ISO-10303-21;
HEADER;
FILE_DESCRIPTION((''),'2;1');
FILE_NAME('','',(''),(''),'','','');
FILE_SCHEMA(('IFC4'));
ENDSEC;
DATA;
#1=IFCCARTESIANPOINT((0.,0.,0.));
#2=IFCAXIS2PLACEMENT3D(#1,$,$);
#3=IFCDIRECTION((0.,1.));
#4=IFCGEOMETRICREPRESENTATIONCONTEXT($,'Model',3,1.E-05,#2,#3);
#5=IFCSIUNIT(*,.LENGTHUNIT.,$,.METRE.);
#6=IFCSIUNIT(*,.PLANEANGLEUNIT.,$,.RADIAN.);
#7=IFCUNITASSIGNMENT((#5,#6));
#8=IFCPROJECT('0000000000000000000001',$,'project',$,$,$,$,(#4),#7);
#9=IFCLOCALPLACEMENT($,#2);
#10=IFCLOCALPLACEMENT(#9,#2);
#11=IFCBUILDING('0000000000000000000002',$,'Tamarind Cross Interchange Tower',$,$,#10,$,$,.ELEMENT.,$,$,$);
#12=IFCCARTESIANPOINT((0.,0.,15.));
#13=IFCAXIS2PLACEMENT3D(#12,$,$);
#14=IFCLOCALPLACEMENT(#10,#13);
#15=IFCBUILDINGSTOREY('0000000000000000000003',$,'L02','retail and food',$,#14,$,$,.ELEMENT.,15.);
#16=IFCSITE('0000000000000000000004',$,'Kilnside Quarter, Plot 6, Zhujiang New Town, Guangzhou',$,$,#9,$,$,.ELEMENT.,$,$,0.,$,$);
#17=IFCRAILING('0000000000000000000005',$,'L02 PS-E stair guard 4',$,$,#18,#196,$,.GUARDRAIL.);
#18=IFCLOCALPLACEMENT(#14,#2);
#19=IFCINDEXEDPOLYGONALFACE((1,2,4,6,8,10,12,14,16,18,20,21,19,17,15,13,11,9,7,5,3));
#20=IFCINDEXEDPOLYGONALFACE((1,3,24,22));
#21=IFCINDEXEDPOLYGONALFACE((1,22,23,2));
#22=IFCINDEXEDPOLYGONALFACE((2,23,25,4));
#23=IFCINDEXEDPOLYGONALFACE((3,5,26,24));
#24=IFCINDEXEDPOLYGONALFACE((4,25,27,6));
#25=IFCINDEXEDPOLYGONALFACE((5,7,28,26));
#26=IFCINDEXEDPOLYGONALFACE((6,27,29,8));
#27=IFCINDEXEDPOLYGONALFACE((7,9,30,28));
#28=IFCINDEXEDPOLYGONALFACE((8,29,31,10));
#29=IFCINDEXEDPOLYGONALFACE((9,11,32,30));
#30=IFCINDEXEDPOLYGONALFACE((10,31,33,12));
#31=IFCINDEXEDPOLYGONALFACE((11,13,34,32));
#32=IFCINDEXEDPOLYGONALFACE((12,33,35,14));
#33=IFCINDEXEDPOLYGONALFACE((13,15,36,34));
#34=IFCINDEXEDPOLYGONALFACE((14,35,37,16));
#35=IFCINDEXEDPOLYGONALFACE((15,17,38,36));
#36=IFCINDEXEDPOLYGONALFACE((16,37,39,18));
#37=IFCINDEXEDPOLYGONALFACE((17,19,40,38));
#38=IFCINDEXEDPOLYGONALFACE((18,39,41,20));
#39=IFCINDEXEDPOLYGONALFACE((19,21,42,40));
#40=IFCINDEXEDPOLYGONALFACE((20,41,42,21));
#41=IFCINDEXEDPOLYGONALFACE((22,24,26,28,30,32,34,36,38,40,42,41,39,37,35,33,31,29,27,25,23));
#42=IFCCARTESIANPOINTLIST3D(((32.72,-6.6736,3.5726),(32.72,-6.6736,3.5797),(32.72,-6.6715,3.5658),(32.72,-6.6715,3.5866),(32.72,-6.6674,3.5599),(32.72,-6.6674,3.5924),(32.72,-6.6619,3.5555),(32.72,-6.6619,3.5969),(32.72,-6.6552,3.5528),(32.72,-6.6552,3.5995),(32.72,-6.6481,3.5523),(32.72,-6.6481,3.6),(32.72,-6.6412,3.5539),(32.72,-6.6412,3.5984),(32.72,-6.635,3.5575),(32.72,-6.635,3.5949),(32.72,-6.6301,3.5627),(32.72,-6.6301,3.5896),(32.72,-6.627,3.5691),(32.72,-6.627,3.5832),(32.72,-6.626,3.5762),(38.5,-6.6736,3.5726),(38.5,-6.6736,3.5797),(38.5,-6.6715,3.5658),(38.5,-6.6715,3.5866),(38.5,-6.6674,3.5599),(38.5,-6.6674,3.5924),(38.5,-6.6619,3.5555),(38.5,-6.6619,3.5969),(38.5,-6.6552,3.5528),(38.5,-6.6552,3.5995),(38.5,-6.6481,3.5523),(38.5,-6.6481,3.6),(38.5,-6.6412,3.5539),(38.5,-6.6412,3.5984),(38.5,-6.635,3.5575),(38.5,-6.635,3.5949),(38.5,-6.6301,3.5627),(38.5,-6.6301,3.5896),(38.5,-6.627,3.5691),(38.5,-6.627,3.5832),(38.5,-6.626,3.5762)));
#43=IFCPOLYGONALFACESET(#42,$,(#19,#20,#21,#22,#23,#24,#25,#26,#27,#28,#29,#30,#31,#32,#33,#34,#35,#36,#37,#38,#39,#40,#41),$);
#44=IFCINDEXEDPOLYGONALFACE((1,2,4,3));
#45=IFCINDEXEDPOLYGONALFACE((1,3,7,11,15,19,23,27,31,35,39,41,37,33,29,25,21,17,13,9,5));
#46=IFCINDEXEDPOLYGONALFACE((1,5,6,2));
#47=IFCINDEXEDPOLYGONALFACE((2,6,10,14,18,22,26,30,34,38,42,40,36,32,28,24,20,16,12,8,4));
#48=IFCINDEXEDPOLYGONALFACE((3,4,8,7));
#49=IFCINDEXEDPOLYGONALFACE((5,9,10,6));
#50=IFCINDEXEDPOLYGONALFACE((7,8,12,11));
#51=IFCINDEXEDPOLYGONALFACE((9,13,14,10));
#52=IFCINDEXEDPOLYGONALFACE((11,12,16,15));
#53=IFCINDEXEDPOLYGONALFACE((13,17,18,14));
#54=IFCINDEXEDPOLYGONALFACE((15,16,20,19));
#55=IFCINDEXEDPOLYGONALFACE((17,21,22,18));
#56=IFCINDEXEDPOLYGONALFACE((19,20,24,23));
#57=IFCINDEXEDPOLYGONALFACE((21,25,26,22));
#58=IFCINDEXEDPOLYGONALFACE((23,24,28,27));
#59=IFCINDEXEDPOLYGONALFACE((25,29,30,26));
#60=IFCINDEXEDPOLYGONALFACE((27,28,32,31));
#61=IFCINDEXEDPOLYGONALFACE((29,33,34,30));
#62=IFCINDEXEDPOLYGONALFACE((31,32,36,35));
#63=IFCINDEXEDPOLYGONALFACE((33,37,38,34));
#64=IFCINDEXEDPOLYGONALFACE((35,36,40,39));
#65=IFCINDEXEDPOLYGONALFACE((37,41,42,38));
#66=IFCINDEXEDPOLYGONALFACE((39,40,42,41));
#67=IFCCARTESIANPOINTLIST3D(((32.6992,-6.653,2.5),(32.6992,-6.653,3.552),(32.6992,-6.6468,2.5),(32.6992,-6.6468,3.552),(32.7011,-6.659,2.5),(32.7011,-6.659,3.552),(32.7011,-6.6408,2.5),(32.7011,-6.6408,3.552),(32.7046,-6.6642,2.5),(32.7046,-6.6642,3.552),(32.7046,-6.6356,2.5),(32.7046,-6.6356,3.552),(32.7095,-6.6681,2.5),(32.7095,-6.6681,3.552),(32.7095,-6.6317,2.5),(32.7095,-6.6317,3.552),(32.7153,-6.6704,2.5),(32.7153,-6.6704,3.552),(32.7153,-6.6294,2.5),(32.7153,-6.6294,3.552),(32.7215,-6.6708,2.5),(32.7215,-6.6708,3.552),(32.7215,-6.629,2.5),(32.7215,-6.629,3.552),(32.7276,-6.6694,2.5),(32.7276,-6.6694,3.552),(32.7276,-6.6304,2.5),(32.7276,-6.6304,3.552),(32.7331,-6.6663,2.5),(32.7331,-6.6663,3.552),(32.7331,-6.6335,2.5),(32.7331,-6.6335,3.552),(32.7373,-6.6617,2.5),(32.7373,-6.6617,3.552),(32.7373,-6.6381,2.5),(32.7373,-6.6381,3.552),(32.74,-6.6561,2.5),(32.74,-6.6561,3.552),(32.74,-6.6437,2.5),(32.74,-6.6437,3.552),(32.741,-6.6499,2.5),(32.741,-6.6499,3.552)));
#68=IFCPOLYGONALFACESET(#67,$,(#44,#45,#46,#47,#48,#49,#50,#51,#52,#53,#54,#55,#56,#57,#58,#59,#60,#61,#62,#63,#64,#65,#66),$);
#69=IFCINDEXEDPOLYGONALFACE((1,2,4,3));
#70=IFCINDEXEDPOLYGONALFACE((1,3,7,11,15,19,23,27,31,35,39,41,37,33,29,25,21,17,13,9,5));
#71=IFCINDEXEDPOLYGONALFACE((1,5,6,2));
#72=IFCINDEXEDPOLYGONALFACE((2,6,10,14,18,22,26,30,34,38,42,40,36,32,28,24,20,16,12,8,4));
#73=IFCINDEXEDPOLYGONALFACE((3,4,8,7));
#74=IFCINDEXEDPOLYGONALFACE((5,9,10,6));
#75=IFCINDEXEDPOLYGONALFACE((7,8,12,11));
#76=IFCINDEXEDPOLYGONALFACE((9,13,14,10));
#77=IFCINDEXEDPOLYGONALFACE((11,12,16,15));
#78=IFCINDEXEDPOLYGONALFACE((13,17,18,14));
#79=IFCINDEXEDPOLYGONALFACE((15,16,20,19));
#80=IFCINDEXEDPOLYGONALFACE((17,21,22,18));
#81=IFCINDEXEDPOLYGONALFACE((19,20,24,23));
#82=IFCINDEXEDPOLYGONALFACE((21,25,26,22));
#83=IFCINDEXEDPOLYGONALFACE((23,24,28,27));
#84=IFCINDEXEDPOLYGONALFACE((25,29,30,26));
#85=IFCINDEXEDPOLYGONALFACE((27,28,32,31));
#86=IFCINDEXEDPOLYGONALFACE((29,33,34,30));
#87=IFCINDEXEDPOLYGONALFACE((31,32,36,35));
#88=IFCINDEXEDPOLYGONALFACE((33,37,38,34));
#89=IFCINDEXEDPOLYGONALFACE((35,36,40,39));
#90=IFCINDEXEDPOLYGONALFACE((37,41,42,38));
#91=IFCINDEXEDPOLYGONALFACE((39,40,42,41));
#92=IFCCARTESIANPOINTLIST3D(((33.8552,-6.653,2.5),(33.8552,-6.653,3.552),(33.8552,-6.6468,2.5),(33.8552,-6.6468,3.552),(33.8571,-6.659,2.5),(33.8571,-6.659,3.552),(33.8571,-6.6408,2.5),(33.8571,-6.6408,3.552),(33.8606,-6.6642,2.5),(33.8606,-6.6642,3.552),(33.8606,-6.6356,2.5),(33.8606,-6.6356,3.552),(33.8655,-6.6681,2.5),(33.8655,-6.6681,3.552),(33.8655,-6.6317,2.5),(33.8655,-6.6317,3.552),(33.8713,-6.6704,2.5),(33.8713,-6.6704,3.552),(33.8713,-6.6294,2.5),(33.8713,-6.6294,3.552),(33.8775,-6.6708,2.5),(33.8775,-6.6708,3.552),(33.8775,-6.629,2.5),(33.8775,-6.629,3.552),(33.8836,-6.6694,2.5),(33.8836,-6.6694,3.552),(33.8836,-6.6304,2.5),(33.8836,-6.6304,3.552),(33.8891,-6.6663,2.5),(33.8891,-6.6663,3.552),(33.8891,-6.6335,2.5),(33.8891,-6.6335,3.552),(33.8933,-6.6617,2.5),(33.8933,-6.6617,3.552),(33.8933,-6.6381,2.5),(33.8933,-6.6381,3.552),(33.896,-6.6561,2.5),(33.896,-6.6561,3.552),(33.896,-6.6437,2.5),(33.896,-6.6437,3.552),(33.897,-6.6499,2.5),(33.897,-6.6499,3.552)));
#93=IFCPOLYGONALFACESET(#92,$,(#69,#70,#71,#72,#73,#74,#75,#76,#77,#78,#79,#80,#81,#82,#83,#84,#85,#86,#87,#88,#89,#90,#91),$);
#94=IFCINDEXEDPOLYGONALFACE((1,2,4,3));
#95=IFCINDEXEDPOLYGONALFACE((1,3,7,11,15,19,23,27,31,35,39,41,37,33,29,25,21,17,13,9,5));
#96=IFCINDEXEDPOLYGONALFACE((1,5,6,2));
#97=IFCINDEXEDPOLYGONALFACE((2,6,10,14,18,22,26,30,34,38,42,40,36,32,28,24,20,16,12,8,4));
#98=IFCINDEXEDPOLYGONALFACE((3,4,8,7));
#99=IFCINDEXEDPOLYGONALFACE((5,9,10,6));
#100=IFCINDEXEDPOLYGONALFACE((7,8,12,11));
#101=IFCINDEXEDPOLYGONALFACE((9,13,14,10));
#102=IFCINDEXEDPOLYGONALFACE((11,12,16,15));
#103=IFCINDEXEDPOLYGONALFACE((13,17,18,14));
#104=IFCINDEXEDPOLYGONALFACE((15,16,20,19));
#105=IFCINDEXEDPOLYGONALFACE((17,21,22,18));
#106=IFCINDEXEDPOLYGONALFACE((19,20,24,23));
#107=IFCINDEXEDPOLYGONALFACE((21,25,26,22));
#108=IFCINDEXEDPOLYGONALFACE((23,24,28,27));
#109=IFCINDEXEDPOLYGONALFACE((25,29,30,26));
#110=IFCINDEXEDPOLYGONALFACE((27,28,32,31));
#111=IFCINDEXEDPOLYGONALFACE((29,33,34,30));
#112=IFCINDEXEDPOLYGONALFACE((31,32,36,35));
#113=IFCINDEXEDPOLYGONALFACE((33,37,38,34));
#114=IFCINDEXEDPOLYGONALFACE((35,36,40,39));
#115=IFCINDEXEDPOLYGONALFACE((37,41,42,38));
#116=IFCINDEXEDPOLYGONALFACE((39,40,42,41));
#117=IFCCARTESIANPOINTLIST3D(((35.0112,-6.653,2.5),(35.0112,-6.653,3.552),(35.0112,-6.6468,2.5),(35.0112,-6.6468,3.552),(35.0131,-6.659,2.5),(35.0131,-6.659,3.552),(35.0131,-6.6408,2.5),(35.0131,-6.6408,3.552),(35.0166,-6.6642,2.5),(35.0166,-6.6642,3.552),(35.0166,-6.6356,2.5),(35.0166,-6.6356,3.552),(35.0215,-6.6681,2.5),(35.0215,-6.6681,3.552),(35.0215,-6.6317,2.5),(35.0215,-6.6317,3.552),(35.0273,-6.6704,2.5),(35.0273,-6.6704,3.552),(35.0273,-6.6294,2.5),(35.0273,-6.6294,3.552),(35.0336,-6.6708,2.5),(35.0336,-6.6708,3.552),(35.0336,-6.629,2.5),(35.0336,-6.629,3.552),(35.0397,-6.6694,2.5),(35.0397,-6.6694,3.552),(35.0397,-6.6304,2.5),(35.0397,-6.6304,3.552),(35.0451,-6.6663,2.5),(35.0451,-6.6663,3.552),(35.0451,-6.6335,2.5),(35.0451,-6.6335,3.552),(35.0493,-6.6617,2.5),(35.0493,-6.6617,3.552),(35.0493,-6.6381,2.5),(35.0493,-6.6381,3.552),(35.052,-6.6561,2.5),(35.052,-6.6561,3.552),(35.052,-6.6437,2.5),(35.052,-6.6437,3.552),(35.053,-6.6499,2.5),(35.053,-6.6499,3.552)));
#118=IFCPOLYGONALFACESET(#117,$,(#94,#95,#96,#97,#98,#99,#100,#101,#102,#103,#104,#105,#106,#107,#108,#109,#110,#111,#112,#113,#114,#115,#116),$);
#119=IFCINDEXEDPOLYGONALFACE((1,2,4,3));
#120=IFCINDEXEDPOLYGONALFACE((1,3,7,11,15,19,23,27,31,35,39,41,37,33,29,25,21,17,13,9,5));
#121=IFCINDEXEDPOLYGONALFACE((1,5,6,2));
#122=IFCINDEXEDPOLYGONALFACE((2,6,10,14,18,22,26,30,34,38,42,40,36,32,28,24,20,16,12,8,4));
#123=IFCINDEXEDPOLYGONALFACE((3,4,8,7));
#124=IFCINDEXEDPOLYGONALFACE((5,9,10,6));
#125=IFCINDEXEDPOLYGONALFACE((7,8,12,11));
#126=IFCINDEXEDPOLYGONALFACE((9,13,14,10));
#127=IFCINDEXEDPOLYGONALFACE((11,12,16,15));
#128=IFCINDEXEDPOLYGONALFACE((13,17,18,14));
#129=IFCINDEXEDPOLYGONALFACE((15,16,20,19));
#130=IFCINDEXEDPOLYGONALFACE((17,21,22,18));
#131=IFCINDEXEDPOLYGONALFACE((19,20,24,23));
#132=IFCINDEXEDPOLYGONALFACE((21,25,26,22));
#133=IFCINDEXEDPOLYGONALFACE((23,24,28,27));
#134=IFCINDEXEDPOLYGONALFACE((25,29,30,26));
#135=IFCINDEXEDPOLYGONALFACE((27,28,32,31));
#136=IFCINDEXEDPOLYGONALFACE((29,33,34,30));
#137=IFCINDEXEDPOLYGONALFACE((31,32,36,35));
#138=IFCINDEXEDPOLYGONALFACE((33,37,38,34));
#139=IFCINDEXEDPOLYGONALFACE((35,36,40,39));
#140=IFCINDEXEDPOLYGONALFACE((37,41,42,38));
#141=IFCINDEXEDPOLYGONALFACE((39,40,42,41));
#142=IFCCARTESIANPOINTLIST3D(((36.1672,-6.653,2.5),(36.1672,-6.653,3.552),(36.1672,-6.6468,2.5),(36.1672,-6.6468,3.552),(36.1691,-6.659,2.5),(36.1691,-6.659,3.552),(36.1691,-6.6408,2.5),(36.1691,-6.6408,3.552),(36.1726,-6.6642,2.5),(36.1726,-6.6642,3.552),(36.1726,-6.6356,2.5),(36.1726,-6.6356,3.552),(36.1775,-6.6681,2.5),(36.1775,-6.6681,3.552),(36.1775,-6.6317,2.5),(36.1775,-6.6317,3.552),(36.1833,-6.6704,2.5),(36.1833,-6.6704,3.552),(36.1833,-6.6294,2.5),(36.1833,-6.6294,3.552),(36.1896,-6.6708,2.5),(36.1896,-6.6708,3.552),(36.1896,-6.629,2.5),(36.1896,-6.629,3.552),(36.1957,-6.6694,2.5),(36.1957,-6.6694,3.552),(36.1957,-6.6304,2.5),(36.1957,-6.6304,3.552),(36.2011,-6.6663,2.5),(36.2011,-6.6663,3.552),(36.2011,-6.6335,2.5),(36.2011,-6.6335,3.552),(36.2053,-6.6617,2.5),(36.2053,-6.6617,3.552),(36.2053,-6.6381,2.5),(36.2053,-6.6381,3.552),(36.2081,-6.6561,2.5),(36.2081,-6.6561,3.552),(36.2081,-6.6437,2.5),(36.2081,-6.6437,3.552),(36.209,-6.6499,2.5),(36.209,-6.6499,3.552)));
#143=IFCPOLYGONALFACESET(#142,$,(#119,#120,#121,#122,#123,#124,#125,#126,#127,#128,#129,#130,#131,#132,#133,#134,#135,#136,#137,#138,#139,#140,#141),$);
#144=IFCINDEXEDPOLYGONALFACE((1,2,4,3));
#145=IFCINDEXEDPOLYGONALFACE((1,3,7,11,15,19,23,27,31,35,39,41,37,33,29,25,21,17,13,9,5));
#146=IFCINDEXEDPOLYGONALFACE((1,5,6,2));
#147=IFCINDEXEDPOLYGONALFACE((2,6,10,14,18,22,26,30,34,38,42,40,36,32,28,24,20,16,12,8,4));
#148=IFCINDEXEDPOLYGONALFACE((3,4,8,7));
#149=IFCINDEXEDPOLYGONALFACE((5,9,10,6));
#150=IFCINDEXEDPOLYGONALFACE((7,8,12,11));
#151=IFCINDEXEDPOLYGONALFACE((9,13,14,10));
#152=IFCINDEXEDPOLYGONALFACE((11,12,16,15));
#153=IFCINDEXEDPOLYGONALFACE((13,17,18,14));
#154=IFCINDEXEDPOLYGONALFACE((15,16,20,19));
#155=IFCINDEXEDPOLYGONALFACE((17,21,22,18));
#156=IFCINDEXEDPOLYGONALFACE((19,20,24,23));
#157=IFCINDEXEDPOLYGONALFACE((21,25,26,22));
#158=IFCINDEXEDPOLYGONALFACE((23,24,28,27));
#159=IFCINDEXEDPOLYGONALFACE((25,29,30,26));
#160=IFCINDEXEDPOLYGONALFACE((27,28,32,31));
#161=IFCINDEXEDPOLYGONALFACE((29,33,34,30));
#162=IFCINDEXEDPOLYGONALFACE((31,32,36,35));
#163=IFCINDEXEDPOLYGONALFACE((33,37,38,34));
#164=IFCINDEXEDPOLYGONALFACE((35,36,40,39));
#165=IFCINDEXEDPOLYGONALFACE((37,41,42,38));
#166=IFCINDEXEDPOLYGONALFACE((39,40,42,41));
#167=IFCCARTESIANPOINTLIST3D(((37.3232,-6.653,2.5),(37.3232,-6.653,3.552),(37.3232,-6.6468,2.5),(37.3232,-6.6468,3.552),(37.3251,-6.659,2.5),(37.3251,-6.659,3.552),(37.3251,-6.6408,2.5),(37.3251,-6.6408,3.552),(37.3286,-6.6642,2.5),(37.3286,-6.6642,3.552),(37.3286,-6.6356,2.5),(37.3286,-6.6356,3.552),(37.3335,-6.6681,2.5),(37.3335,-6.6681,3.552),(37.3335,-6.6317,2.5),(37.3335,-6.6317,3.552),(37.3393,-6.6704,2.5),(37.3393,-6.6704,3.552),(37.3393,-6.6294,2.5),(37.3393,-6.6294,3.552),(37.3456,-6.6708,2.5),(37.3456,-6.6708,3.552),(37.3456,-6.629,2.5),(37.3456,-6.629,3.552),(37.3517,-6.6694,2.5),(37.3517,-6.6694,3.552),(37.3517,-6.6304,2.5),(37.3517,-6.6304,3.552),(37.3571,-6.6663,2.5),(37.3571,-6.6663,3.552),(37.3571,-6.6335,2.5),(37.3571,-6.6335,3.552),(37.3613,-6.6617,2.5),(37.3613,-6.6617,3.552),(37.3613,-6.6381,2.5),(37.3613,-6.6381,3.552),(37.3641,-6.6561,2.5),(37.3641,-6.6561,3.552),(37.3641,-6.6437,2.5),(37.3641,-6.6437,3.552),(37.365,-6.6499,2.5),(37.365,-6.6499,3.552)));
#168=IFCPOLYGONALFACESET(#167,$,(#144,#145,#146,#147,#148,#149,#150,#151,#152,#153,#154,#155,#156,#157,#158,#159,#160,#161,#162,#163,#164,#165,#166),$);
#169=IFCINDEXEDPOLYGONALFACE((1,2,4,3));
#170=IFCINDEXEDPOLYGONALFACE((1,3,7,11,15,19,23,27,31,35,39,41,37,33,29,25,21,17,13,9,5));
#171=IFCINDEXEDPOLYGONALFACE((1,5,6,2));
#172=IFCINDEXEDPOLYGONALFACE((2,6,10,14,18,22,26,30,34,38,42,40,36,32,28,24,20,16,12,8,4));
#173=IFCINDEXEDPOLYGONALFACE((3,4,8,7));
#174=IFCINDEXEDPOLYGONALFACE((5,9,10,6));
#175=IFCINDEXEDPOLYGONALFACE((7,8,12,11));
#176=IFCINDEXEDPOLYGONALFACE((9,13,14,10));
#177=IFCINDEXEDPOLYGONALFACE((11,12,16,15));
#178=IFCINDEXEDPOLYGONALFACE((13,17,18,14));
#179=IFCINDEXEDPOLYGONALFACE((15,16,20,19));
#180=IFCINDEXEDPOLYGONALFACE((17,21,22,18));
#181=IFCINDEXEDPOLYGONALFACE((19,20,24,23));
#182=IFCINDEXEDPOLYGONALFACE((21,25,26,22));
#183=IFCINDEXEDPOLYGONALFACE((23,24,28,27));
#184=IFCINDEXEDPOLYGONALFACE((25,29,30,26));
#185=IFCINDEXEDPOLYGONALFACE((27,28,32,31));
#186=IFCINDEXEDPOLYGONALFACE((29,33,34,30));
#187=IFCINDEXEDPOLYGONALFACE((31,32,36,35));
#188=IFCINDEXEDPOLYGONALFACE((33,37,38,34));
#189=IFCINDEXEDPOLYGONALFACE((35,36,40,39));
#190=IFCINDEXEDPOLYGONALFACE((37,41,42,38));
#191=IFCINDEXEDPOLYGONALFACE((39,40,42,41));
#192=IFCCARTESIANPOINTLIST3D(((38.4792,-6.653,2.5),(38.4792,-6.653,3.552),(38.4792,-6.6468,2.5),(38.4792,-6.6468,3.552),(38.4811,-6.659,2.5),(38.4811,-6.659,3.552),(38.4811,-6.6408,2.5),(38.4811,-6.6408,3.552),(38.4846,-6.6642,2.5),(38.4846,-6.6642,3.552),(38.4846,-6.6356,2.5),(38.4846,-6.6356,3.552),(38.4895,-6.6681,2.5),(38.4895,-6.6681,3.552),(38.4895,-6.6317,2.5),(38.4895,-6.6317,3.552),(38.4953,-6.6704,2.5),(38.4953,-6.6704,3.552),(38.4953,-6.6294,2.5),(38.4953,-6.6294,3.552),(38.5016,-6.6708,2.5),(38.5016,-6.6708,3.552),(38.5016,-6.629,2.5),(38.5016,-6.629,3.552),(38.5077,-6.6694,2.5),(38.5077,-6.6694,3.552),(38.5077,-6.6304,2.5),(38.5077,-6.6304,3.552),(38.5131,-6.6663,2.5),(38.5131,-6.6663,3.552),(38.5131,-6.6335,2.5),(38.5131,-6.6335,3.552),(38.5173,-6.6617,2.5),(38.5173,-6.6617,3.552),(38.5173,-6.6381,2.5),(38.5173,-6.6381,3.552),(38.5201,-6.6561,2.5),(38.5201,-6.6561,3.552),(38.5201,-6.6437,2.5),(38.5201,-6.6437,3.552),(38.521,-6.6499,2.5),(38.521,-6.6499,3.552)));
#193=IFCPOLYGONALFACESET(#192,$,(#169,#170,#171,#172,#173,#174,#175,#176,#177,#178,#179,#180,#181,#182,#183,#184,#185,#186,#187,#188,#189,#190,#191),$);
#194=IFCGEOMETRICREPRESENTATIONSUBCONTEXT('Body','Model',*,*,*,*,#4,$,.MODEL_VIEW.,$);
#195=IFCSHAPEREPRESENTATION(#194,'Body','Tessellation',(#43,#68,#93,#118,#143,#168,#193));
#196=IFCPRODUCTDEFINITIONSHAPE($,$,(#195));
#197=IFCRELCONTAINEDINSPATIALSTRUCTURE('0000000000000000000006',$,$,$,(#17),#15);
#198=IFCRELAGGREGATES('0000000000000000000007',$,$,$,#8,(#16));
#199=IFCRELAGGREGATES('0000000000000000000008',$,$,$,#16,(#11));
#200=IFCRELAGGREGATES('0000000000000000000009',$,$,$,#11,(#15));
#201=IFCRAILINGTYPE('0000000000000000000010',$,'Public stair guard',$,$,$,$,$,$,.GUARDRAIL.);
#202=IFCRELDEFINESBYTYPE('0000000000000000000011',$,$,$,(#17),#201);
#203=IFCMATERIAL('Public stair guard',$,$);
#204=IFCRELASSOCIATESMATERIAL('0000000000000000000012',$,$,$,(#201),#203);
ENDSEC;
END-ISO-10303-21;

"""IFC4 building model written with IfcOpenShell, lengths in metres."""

from ifc_helpers import new_model, si_unit, direction, frame, origin, origin_2d, place, context, subcontext, project, spatial, circle, extrude, material, type_object, element, save


model = new_model("IFC4")

# Units and contexts
model_context = context("Model", 3, precision=1e-05, world=origin(), true_north=direction((0.0, 1.0)))
body_context = subcontext(model_context, "Body", "Model", "MODEL_VIEW")
ifc_project = project(units=[si_unit("LENGTHUNIT", "METRE"), si_unit("PLANEANGLEUNIT", "RADIAN")], contexts=[model_context])

# Site, building, storey
site_placement = place(None, origin())
site = spatial("IfcSite", under=ifc_project, at=site_placement, Name="Kilnside Quarter, Plot 6, Zhujiang New Town, Guangzhou", CompositionType="ELEMENT", RefElevation=0.0)
building_placement = place(site_placement, origin())
building = spatial("IfcBuilding", under=site, at=building_placement, Name="Tamarind Cross Interchange Tower", CompositionType="ELEMENT")
storey_placement = place(building_placement, frame((0.0, 0.0, 15.0)))
storey = spatial("IfcBuildingStorey", under=building, at=storey_placement, Name="L02", Description="retail and food", CompositionType="ELEMENT", Elevation=15.0)

# Railing
ifc_material_1 = material(Name="Public stair guard")
railing_type_1 = type_object("IfcRailingType", Name="Public stair guard", PredefinedType="GUARDRAIL", material=ifc_material_1)
for number, where, name in (
    (1, (32.72, -6.6499, 2.5), "L02 PS-E stair guard 4"),
):
    element("IfcRailing", number, at=place(storey_placement, frame(where)), inside=storey, type_object=railing_type_1, Name=name, PredefinedType="GUARDRAIL", context=body_context, shape_type="SweptSolid", body=[
        extrude(circle(Radius=0.0239, at=origin_2d()), frame((0.0, 0.0, 1.0762), z_axis=(1.0, 0.0, 0.0), x_axis=(0.0, 1.0, 0.0)), (0.0, 0.0, 1.0), 5.78),
        extrude(circle(Radius=0.021, at=origin_2d()), origin(), (0.0, 0.0, 1.0), 1.052),
        extrude(circle(Radius=0.021, at=origin_2d()), frame((1.156, 0.0, 0.0)), (0.0, 0.0, 1.0), 1.052),
        extrude(circle(Radius=0.021, at=origin_2d()), frame((2.312, 0.0, 0.0)), (0.0, 0.0, 1.0), 1.052),
        extrude(circle(Radius=0.021, at=origin_2d()), frame((3.468, 0.0, 0.0)), (0.0, 0.0, 1.0), 1.052),
        extrude(circle(Radius=0.021, at=origin_2d()), frame((4.624, 0.0, 0.0)), (0.0, 0.0, 1.0), 1.052),
        extrude(circle(Radius=0.021, at=origin_2d()), frame((5.78, 0.0, 0.0)), (0.0, 0.0, 1.0), 1.052),
    ])

save(model, "model.ifc")
